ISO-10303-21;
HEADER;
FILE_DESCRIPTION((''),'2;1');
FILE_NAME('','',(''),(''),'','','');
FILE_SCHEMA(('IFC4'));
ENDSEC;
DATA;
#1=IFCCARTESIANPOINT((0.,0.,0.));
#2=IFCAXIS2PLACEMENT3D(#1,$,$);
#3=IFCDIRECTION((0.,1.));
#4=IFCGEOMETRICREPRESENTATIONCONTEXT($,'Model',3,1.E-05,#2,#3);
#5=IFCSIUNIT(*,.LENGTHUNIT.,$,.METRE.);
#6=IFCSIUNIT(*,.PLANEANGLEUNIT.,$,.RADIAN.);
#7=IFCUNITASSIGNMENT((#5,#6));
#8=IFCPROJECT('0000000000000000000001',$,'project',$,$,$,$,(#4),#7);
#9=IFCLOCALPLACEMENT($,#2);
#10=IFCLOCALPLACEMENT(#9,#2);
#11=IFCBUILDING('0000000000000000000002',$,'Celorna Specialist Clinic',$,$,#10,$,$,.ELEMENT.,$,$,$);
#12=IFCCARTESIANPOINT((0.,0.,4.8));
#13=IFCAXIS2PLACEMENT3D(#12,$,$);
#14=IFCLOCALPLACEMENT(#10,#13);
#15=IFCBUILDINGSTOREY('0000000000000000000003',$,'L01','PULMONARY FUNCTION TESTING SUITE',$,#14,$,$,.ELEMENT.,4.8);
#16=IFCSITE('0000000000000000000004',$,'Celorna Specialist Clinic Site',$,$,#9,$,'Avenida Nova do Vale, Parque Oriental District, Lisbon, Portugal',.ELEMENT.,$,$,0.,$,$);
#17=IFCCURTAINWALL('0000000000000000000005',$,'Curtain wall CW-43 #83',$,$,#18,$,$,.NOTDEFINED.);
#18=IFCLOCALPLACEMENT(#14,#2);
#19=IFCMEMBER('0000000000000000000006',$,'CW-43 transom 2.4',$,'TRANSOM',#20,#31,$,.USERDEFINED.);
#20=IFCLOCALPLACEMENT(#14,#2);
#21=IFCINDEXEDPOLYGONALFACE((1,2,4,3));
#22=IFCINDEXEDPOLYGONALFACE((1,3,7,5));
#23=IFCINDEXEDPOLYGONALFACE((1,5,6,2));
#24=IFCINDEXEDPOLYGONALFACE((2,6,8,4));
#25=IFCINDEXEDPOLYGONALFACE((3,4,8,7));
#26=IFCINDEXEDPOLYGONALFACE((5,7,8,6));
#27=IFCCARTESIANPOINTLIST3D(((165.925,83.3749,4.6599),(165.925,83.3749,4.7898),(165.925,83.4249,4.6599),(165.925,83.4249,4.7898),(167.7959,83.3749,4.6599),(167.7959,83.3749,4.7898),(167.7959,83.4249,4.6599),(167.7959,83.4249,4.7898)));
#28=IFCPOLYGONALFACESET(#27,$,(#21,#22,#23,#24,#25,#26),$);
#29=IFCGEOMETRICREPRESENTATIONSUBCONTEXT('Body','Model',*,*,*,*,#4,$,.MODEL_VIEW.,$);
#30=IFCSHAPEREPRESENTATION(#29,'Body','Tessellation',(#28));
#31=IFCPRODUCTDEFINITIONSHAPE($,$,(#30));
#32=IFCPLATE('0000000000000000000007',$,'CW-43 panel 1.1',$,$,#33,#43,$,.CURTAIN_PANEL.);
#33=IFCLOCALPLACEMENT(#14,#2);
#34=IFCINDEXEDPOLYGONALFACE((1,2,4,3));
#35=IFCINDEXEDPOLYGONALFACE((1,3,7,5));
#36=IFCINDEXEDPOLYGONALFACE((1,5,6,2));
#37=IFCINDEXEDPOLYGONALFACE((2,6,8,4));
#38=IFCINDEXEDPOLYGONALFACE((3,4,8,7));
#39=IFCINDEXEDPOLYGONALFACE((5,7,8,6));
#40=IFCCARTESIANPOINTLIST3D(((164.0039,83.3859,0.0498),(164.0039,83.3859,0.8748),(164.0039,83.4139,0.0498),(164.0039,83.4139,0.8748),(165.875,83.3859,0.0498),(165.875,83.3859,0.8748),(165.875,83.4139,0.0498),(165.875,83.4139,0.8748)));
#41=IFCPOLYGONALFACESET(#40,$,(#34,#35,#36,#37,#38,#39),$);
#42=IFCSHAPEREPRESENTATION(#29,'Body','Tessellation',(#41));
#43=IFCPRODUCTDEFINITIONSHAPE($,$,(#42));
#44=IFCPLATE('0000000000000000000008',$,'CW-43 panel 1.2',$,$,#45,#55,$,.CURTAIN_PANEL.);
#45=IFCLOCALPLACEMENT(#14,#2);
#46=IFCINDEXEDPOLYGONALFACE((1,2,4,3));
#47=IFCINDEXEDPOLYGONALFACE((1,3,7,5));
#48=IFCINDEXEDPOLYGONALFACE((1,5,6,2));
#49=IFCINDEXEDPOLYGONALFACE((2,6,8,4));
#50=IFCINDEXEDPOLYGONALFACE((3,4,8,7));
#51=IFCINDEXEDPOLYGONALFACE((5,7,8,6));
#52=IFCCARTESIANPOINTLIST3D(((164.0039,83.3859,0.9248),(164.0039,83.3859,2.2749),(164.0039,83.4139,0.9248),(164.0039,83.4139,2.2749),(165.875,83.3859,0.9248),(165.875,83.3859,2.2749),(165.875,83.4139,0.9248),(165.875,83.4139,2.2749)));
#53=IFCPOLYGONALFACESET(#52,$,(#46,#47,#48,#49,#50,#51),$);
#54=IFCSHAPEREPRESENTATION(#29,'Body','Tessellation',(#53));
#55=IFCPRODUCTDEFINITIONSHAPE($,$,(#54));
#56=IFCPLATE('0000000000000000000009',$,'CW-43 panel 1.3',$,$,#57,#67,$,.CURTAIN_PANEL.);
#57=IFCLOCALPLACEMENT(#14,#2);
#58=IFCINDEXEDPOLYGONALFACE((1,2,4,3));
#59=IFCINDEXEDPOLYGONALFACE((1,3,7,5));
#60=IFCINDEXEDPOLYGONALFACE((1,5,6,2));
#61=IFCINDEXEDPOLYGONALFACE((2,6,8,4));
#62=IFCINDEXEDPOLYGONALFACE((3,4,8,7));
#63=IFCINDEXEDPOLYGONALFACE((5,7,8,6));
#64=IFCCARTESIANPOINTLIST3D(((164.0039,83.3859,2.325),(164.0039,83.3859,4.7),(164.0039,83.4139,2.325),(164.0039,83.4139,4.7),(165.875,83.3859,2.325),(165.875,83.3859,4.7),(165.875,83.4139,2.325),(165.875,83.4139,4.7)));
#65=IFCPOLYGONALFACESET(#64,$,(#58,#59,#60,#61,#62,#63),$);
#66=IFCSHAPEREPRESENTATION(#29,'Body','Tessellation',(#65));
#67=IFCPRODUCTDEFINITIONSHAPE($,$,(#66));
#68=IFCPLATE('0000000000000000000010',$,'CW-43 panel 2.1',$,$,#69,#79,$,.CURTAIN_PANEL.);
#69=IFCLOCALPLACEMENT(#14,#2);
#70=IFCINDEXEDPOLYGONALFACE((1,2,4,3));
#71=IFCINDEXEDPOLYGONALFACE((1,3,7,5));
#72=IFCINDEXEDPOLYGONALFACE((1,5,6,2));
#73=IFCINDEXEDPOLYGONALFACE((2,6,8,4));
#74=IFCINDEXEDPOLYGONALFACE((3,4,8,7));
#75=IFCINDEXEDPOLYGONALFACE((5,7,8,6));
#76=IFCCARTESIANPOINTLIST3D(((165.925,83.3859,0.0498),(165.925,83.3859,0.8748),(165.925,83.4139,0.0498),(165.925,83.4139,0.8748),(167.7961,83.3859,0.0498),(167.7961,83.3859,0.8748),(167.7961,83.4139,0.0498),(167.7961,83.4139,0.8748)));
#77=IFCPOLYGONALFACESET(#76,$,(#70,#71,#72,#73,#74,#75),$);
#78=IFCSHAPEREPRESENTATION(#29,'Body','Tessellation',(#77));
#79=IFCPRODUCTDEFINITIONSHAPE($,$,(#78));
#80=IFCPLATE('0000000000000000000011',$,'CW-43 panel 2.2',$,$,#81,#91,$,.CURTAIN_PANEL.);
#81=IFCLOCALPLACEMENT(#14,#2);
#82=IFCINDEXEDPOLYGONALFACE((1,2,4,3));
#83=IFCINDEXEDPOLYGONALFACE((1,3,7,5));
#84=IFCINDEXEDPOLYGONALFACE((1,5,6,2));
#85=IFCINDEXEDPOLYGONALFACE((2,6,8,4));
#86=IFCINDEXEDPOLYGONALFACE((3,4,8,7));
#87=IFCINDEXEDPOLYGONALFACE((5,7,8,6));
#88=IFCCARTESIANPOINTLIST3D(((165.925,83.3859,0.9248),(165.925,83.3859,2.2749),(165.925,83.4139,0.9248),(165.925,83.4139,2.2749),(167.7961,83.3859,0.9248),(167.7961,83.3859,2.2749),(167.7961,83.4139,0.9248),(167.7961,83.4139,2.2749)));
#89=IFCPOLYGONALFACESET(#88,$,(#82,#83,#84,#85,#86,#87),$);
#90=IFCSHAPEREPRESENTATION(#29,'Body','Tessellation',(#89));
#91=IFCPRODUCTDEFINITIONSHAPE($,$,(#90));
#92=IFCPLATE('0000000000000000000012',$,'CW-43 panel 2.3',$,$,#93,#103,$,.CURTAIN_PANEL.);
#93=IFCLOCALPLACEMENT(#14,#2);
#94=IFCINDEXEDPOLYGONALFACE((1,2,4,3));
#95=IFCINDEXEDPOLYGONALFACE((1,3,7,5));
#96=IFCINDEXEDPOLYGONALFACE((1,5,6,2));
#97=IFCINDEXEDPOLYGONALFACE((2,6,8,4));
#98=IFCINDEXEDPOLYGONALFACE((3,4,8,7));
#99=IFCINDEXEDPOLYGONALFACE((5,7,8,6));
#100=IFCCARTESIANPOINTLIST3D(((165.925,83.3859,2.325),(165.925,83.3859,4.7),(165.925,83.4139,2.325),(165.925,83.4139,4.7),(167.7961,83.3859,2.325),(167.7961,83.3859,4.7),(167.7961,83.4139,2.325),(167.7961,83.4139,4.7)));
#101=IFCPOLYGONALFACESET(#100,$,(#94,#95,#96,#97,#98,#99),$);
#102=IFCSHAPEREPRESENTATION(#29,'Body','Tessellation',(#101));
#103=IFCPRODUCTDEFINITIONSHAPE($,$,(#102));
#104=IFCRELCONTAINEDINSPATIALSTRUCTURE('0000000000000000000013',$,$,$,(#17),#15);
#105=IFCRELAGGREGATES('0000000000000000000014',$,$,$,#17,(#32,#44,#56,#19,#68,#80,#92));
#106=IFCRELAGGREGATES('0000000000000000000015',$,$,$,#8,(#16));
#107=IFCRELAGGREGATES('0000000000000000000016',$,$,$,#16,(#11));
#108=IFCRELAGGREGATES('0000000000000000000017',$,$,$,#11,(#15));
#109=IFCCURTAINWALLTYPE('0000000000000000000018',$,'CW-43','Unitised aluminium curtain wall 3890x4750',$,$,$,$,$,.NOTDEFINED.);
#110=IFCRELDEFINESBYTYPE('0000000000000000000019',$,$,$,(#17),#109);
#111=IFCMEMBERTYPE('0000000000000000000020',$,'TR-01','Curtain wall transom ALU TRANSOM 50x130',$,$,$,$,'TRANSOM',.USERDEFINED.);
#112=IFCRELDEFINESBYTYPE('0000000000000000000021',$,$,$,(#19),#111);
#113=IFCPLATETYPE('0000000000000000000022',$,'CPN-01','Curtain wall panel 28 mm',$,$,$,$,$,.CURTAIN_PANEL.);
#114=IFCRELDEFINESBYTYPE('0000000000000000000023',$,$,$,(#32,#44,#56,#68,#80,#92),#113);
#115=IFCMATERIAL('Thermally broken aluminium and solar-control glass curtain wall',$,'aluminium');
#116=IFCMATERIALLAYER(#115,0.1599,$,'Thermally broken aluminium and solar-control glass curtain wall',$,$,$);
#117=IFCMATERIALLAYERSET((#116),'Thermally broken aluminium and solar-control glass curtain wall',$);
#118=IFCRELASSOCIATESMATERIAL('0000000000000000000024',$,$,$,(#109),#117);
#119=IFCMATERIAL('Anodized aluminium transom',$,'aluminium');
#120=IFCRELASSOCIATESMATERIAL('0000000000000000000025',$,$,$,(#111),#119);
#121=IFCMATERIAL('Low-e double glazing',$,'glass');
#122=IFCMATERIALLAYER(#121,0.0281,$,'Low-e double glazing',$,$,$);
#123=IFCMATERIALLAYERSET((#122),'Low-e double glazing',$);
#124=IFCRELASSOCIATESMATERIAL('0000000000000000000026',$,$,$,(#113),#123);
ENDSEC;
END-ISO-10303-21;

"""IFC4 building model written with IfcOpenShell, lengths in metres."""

from ifc_helpers import new_model, si_unit, direction, frame, origin, origin_2d, place, context, subcontext, project, spatial, rectangle, extrude, material, layer, layer_set, material_profile, profile_set, type_object, element, aggregate, save


model = new_model("IFC4")

# Units and contexts
model_context = context("Model", 3, precision=1e-05, world=origin(), true_north=direction((0.0, 1.0)))
body_context = subcontext(model_context, "Body", "Model", "MODEL_VIEW")
ifc_project = project(units=[si_unit("LENGTHUNIT", "METRE"), si_unit("PLANEANGLEUNIT", "RADIAN")], contexts=[model_context])

# Site, building, storey
site_placement = place(None, origin())
site = spatial("IfcSite", under=ifc_project, at=site_placement, Name="Celorna Specialist Clinic Site", LongName="Avenida Nova do Vale, Parque Oriental District, Lisbon, Portugal", CompositionType="ELEMENT", RefElevation=0.0)
building_placement = place(site_placement, origin())
building = spatial("IfcBuilding", under=site, at=building_placement, Name="Celorna Specialist Clinic", CompositionType="ELEMENT")
storey_placement = place(building_placement, frame((0.0, 0.0, 4.8)))
storey = spatial("IfcBuildingStorey", under=building, at=storey_placement, Name="L01", Description="PULMONARY FUNCTION TESTING SUITE", CompositionType="ELEMENT", Elevation=4.8)

# Curtain wall, member, plates
ifc_material_1 = material(Name="Thermally broken aluminium and solar-control glass curtain wall", Category="aluminium")
ifc_layer_1 = layer(ifc_material_1, 0.1599, Name="Thermally broken aluminium and solar-control glass curtain wall")
ifc_layer_set_1 = layer_set([ifc_layer_1], Name="Thermally broken aluminium and solar-control glass curtain wall")
curtain_wall_type = type_object("IfcCurtainWallType", Name="CW-43", Description="Unitised aluminium curtain wall 3890x4750", PredefinedType="NOTDEFINED", material=ifc_layer_set_1)
curtain_wall_placement = place(storey_placement, origin())
curtain_wall = element("IfcCurtainWall", 1, at=curtain_wall_placement, inside=storey, type_object=curtain_wall_type, Name="Curtain wall CW-43 #83", PredefinedType="NOTDEFINED")
ifc_material_2 = material(Name="Anodized aluminium transom", Category="aluminium")
ifc_material_profile_1 = material_profile(ifc_material_2, rectangle(XDim=0.05, YDim=0.1299, at=origin_2d()), Name="ALU TRANSOM 50x130")
ifc_profile_set_1 = profile_set([ifc_material_profile_1], Name="Anodized aluminium transom")
member_type_1 = type_object("IfcMemberType", Name="TR-01", Description="Curtain wall transom ALU TRANSOM 50x130", ElementType="TRANSOM", PredefinedType="USERDEFINED", material=ifc_profile_set_1)
member_1_placement = place(storey_placement, frame((165.925, 83.3999, 4.7249), z_axis=(1.0, 0.0, 0.0), x_axis=(0.0, 1.0, 0.0)))
member_1 = element("IfcMember", 2, at=member_1_placement, type_object=member_type_1, Name="CW-43 transom 2.4", ObjectType="TRANSOM", PredefinedType="USERDEFINED", context=body_context, shape_type="SweptSolid", body=[
    extrude(rectangle(XDim=0.05, YDim=0.1299, at=origin_2d()), origin(), (0.0, 0.0, 1.0), 1.8708),
])
ifc_material_3 = material(Name="Low-e double glazing", Category="glass")
ifc_layer_2 = layer(ifc_material_3, 0.0281, Name="Low-e double glazing")
ifc_layer_set_2 = layer_set([ifc_layer_2], Name="Low-e double glazing")
plate_type = type_object("IfcPlateType", Name="CPN-01", Description="Curtain wall panel 28 mm", PredefinedType="CURTAIN_PANEL", material=ifc_layer_set_2)
plate_1_placement = place(storey_placement, frame((164.9395, 83.3999, 0.0498), z_axis=(0.0, 0.0, 1.0), x_axis=(1.0, 0.0, 0.0)))
plate_1 = element("IfcPlate", 3, at=plate_1_placement, type_object=plate_type, Name="CW-43 panel 1.1", PredefinedType="CURTAIN_PANEL", context=body_context, shape_type="SweptSolid", body=[
    extrude(rectangle(XDim=1.8711, YDim=0.0281, at=origin_2d()), origin(), (0.0, 0.0, 1.0), 0.825),
])
plate_2_placement = place(storey_placement, frame((164.9395, 83.3999, 0.9248), z_axis=(0.0, 0.0, 1.0), x_axis=(1.0, 0.0, 0.0)))
plate_2 = element("IfcPlate", 4, at=plate_2_placement, type_object=plate_type, Name="CW-43 panel 1.2", PredefinedType="CURTAIN_PANEL", context=body_context, shape_type="SweptSolid", body=[
    extrude(rectangle(XDim=1.8711, YDim=0.0281, at=origin_2d()), origin(), (0.0, 0.0, 1.0), 1.3501),
])
plate_3_placement = place(storey_placement, frame((164.9395, 83.3999, 2.325), z_axis=(0.0, 0.0, 1.0), x_axis=(1.0, 0.0, 0.0)))
plate_3 = element("IfcPlate", 5, at=plate_3_placement, type_object=plate_type, Name="CW-43 panel 1.3", PredefinedType="CURTAIN_PANEL", context=body_context, shape_type="SweptSolid", body=[
    extrude(rectangle(XDim=1.8711, YDim=0.0281, at=origin_2d()), origin(), (0.0, 0.0, 1.0), 2.375),
])
plate_4_placement = place(storey_placement, frame((166.8606, 83.3999, 0.0498), z_axis=(0.0, 0.0, 1.0), x_axis=(1.0, 0.0, 0.0)))
plate_4 = element("IfcPlate", 6, at=plate_4_placement, type_object=plate_type, Name="CW-43 panel 2.1", PredefinedType="CURTAIN_PANEL", context=body_context, shape_type="SweptSolid", body=[
    extrude(rectangle(XDim=1.8711, YDim=0.0281, at=origin_2d()), origin(), (0.0, 0.0, 1.0), 0.825),
])
plate_5_placement = place(storey_placement, frame((166.8606, 83.3999, 0.9248), z_axis=(0.0, 0.0, 1.0), x_axis=(1.0, 0.0, 0.0)))
plate_5 = element("IfcPlate", 7, at=plate_5_placement, type_object=plate_type, Name="CW-43 panel 2.2", PredefinedType="CURTAIN_PANEL", context=body_context, shape_type="SweptSolid", body=[
    extrude(rectangle(XDim=1.8711, YDim=0.0281, at=origin_2d()), origin(), (0.0, 0.0, 1.0), 1.3501),
])
plate_6_placement = place(storey_placement, frame((166.8606, 83.3999, 2.325), z_axis=(0.0, 0.0, 1.0), x_axis=(1.0, 0.0, 0.0)))
plate_6 = element("IfcPlate", 8, at=plate_6_placement, type_object=plate_type, Name="CW-43 panel 2.3", PredefinedType="CURTAIN_PANEL", context=body_context, shape_type="SweptSolid", body=[
    extrude(rectangle(XDim=1.8711, YDim=0.0281, at=origin_2d()), origin(), (0.0, 0.0, 1.0), 2.375),
])
aggregate(curtain_wall, [plate_1, plate_2, plate_3, member_1, plate_4, plate_5, plate_6])

save(model, "model.ifc")
